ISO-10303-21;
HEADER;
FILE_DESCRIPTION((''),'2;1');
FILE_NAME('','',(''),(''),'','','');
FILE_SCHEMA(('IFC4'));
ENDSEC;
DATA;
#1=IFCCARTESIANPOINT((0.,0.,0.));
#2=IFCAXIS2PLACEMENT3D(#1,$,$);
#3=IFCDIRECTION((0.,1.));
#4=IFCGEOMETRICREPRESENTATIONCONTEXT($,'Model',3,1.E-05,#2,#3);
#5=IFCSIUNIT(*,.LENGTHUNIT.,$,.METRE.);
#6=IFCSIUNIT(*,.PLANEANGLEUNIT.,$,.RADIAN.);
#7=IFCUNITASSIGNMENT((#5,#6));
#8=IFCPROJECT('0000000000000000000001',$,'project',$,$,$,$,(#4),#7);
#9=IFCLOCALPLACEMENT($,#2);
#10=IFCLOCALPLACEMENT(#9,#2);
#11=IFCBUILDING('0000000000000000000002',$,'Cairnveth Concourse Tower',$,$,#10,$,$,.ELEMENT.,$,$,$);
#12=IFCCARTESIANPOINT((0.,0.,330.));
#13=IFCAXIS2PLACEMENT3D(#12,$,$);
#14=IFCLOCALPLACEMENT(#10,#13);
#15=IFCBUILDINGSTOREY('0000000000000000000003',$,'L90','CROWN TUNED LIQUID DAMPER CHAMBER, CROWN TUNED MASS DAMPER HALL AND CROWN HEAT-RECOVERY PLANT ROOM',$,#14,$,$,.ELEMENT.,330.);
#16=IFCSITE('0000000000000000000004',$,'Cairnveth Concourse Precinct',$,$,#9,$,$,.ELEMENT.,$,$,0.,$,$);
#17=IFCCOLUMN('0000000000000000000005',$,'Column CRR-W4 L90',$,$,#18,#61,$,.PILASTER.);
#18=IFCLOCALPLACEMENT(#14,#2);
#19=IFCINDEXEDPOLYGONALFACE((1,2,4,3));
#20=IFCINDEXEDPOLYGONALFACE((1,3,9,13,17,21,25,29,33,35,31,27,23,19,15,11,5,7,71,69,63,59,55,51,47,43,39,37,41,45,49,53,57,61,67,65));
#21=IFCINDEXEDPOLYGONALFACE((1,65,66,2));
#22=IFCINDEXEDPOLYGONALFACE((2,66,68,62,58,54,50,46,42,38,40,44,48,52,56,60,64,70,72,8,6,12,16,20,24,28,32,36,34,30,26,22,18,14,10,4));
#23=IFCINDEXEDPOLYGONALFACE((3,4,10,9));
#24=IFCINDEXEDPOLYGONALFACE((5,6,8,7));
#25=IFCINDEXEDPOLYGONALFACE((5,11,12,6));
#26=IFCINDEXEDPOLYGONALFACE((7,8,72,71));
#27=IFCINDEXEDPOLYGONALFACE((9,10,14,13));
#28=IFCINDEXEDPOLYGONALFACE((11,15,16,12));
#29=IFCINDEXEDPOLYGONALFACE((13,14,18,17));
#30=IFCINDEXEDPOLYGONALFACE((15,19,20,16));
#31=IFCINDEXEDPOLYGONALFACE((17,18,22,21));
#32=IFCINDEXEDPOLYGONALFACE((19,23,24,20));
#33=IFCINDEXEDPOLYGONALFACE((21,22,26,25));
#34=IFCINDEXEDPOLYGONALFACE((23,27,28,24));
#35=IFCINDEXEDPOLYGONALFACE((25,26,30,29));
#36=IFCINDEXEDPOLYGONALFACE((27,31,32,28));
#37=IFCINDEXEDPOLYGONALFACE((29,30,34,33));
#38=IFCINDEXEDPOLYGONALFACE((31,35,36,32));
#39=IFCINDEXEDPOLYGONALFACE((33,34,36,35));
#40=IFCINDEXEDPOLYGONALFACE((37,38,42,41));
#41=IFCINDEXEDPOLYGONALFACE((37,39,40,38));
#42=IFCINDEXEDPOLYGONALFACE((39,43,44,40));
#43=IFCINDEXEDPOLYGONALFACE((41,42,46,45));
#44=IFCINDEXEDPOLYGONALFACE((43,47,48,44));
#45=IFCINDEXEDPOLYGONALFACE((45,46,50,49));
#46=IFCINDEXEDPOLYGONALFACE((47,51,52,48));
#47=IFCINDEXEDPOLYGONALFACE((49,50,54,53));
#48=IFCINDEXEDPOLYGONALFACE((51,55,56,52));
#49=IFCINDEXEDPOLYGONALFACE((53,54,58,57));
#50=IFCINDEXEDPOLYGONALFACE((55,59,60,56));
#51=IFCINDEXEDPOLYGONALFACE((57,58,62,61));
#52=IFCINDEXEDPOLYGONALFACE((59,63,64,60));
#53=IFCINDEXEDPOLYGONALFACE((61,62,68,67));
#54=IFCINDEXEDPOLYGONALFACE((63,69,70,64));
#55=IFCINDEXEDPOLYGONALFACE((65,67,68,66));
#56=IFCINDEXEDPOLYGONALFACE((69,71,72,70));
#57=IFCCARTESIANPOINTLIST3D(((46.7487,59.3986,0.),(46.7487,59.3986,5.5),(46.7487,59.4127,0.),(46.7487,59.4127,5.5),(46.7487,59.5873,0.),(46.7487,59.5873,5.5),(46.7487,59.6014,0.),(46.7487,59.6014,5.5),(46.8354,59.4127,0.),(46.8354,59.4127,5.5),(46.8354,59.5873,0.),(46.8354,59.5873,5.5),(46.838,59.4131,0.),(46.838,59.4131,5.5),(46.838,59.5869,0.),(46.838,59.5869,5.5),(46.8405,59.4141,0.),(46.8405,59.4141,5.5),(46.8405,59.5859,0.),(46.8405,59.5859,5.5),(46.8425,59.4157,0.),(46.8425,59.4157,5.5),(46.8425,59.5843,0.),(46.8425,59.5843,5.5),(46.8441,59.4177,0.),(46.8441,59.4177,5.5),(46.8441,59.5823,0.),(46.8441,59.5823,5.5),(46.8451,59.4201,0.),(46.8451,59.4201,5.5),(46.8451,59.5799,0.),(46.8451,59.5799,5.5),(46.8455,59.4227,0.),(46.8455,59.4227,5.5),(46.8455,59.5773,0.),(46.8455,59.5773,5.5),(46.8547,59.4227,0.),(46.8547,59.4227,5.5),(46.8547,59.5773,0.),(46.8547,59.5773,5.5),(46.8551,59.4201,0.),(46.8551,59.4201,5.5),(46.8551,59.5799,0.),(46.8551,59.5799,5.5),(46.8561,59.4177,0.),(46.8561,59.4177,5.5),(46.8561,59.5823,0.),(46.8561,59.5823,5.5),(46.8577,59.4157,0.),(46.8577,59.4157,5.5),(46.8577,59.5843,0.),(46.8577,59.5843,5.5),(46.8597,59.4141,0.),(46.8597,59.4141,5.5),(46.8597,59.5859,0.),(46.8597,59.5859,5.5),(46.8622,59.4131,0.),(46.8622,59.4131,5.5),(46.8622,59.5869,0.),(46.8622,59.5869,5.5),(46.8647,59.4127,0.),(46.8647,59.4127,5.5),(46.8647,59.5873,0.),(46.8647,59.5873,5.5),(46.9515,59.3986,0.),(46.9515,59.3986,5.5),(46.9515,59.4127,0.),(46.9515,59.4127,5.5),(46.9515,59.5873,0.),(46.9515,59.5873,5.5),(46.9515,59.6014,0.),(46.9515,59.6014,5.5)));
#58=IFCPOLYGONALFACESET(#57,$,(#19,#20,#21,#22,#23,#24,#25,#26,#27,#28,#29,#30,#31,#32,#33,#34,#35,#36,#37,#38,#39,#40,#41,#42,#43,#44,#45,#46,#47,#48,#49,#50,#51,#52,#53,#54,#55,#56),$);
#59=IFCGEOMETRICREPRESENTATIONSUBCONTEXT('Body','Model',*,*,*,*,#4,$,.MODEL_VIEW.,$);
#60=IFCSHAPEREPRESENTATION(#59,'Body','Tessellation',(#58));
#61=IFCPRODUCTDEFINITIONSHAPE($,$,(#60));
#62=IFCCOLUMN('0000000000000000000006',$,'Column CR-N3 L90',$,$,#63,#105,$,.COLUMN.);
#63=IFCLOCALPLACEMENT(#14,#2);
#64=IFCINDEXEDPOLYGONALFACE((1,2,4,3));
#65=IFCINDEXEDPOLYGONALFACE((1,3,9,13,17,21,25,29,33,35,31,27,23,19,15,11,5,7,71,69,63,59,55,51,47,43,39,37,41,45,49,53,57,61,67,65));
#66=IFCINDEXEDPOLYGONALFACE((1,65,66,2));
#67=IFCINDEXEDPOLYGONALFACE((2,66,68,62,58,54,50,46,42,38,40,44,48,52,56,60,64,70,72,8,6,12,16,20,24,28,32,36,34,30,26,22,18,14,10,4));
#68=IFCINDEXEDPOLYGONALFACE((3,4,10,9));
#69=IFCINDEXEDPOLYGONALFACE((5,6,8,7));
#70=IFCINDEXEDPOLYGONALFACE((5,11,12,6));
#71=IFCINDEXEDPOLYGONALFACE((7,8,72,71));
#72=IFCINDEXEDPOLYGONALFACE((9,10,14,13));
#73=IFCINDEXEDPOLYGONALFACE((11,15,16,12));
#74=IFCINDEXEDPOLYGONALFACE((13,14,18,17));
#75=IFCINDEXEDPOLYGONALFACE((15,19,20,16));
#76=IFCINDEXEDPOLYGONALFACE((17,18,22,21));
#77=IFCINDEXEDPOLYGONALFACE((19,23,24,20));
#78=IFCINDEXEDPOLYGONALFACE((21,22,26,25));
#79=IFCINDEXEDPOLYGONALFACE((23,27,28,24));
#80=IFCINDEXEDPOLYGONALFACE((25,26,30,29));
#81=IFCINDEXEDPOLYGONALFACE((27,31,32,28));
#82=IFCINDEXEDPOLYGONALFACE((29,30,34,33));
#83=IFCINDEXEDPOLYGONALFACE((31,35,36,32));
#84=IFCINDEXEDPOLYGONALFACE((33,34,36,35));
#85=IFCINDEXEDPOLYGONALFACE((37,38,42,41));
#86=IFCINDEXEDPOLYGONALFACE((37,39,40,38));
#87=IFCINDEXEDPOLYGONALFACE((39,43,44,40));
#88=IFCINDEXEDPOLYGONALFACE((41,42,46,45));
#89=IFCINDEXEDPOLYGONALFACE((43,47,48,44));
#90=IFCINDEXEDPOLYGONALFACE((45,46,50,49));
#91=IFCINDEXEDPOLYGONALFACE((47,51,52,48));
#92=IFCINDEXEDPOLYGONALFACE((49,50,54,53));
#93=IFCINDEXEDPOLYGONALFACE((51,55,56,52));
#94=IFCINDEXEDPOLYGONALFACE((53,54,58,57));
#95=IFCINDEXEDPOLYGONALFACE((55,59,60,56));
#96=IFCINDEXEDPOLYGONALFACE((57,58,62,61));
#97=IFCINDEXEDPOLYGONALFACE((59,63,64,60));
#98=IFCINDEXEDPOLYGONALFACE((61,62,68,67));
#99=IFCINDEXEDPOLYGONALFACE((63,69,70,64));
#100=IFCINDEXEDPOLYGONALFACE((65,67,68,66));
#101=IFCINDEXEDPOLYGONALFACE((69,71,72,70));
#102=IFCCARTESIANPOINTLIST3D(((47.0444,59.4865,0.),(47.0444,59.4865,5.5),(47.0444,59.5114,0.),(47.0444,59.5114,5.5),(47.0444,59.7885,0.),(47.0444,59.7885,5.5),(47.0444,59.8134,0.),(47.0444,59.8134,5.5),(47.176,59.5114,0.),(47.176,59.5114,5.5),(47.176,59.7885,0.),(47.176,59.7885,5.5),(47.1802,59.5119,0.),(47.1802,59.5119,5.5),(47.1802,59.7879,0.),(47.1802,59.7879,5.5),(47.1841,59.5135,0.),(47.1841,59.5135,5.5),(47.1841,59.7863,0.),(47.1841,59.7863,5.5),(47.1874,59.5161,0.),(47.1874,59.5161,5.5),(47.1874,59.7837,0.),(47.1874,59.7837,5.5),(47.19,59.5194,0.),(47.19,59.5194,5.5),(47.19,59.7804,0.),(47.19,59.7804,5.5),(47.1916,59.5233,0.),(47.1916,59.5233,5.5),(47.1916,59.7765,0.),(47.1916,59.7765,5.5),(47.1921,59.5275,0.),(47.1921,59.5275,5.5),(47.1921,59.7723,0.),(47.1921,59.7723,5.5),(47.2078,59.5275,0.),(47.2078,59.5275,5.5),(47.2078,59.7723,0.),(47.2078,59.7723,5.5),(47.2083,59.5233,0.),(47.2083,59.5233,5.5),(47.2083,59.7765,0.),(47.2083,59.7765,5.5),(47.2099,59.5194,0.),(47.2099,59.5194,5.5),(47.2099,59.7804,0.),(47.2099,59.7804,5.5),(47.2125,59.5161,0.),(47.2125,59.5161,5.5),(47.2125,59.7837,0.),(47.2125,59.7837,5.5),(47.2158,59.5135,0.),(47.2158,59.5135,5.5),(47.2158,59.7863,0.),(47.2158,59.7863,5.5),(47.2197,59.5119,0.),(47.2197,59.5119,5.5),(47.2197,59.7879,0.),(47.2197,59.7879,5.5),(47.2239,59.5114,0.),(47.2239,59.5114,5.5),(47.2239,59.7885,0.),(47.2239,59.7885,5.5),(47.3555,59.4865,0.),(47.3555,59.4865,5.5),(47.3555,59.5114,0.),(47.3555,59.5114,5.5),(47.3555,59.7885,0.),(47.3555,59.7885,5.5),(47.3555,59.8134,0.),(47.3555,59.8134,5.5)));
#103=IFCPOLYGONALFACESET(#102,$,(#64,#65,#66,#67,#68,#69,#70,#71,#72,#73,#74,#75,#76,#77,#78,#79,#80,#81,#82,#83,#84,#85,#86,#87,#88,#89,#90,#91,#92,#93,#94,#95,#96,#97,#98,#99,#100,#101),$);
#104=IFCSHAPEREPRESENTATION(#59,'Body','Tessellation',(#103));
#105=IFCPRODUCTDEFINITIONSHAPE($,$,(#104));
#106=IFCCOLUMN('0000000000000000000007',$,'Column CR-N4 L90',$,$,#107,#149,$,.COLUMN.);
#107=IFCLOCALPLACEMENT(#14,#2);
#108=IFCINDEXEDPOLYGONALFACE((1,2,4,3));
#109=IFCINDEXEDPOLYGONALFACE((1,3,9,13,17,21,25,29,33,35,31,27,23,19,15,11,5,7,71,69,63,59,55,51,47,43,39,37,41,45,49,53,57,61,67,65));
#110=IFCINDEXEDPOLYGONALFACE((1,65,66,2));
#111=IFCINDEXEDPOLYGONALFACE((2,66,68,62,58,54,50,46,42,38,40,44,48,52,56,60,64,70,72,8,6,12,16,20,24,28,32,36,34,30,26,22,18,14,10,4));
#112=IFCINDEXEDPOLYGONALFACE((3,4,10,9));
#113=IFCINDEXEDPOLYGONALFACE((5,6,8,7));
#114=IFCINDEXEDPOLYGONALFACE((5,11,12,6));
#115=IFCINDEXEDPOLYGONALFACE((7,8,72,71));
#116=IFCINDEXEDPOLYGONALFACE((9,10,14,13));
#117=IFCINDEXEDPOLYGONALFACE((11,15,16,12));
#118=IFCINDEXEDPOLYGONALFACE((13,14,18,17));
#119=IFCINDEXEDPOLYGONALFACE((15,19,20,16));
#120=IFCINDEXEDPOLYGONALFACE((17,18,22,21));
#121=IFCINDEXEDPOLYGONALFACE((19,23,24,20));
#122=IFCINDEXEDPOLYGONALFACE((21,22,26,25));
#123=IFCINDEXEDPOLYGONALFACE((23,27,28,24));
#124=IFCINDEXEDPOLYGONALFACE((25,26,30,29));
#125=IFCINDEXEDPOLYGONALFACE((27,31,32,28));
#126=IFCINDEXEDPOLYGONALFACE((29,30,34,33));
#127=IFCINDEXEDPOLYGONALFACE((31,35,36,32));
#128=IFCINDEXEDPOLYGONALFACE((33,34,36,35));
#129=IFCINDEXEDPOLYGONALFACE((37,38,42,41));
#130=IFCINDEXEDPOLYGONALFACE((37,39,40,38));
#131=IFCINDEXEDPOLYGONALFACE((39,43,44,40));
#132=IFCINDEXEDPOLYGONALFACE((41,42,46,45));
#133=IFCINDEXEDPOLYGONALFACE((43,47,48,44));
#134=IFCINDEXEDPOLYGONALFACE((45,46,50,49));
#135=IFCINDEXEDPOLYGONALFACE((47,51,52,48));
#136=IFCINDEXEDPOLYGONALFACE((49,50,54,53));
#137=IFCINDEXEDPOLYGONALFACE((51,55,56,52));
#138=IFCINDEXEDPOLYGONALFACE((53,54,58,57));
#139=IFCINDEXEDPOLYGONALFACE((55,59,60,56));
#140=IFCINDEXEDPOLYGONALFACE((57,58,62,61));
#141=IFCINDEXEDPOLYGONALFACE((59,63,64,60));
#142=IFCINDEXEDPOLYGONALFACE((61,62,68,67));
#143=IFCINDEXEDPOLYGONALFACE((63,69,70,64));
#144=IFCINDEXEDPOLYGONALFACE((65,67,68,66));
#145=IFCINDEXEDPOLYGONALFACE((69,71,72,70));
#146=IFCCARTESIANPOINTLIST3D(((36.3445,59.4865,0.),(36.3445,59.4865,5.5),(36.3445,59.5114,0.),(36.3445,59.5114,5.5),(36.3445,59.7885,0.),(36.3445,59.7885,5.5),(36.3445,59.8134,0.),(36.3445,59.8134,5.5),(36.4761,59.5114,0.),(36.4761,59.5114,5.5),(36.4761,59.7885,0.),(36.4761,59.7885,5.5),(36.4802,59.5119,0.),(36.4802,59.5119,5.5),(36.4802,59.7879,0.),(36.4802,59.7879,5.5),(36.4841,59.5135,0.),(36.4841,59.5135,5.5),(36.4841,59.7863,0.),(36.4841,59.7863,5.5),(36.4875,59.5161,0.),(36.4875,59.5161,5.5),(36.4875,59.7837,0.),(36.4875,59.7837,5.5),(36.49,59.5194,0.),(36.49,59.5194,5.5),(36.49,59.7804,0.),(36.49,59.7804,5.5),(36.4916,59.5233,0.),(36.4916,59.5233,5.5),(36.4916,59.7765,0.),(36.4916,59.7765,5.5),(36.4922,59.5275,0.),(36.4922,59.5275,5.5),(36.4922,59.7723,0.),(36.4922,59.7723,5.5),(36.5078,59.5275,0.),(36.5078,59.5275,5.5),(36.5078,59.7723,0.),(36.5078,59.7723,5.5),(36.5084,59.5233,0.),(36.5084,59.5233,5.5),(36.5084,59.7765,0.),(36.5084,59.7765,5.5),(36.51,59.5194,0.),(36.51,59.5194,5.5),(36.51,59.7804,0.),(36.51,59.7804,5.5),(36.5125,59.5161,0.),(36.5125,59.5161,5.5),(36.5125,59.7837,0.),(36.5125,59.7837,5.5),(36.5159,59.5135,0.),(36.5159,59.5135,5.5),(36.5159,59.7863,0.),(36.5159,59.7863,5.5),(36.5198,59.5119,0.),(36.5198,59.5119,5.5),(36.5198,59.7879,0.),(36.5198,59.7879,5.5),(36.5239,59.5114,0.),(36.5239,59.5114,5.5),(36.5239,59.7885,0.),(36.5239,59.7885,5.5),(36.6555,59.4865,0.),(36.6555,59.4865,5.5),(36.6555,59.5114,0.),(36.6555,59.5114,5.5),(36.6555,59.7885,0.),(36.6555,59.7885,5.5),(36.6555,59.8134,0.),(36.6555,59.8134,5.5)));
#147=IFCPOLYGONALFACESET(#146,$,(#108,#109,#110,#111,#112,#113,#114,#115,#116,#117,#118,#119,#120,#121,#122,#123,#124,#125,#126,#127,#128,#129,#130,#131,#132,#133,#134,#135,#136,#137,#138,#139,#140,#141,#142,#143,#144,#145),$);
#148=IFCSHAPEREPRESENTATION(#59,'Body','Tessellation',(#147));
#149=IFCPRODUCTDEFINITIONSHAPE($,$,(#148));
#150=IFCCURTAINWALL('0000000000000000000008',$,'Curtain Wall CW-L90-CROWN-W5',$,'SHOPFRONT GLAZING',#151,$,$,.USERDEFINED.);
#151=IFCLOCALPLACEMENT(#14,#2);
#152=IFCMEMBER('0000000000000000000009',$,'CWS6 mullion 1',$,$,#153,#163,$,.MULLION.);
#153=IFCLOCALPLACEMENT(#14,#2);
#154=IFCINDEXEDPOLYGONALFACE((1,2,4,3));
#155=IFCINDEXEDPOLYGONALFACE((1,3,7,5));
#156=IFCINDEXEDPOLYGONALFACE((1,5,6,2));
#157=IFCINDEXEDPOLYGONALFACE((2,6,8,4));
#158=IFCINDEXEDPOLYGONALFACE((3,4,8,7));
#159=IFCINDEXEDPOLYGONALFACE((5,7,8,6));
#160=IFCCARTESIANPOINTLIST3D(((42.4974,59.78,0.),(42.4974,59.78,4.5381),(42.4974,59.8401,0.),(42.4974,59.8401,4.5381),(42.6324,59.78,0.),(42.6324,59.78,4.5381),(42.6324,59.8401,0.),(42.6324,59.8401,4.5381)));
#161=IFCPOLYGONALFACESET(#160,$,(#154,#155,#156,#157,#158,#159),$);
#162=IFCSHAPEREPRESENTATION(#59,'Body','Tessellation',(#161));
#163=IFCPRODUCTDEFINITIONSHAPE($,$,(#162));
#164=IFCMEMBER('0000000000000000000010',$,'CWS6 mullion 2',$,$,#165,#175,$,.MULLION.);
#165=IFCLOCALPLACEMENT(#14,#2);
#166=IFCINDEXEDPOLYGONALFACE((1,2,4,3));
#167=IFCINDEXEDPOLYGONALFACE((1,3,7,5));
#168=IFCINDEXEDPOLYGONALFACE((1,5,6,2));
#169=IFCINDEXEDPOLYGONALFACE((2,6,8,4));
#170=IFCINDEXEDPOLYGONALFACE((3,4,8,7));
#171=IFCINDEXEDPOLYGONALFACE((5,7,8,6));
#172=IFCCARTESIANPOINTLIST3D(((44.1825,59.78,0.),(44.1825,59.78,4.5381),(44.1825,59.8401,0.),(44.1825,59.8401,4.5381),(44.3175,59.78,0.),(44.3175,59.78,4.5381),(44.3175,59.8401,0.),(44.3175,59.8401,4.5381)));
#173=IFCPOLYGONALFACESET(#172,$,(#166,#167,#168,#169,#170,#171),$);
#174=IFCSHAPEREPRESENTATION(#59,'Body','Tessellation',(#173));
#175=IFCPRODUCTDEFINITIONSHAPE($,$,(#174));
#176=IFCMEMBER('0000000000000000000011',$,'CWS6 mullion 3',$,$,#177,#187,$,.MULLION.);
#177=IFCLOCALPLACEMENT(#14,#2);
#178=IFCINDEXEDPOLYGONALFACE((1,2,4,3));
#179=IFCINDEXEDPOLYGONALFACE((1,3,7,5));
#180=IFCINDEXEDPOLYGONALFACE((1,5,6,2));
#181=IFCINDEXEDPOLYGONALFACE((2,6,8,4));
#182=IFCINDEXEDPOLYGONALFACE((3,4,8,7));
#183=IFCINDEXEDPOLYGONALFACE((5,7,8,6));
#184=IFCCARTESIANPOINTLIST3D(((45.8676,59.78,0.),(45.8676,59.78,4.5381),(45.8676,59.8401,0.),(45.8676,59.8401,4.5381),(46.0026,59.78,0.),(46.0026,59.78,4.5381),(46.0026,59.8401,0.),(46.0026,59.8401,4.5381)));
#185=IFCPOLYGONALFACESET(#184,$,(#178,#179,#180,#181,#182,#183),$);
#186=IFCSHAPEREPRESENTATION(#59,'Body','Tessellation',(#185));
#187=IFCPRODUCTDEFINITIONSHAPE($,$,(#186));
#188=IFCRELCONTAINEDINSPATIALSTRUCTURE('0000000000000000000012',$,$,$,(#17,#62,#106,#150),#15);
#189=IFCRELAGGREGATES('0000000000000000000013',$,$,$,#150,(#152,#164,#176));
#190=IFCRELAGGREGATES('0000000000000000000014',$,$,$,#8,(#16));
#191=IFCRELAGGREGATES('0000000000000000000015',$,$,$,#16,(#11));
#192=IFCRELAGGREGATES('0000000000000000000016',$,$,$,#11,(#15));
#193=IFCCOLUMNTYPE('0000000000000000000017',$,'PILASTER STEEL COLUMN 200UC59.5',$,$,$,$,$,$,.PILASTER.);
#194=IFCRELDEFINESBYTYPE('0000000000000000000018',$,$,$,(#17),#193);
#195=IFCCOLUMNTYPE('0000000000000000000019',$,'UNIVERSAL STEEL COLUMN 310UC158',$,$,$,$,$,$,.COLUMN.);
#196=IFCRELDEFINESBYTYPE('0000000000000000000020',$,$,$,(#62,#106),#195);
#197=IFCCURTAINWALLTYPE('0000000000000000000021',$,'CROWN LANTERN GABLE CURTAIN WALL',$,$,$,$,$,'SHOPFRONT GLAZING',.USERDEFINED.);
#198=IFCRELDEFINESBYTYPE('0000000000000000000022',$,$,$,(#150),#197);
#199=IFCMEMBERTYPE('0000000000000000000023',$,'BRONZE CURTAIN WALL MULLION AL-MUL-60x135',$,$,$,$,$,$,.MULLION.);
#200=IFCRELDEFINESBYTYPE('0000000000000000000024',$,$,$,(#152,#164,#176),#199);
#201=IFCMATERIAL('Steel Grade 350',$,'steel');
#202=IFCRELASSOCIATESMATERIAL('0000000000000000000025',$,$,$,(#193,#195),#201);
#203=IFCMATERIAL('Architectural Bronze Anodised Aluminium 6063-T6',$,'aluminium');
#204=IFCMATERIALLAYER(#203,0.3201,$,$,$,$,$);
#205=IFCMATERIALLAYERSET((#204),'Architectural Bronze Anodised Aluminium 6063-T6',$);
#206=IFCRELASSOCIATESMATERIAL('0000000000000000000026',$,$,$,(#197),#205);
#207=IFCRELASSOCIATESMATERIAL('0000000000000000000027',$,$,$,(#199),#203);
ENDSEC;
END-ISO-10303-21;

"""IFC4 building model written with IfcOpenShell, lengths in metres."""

from ifc_helpers import new_model, si_unit, direction, frame, origin, origin_2d, place, context, subcontext, project, spatial, rectangle, i_section, extrude, material, layer, layer_set, material_profile, profile_set, type_object, element, aggregate, save


model = new_model("IFC4")

# Units and contexts
model_context = context("Model", 3, precision=1e-05, world=origin(), true_north=direction((0.0, 1.0)))
body_context = subcontext(model_context, "Body", "Model", "MODEL_VIEW")
ifc_project = project(units=[si_unit("LENGTHUNIT", "METRE"), si_unit("PLANEANGLEUNIT", "RADIAN")], contexts=[model_context])

# Site, building, storey
site_placement = place(None, origin())
site = spatial("IfcSite", under=ifc_project, at=site_placement, Name="Cairnveth Concourse Precinct", CompositionType="ELEMENT", RefElevation=0.0)
building_placement = place(site_placement, origin())
building = spatial("IfcBuilding", under=site, at=building_placement, Name="Cairnveth Concourse Tower", CompositionType="ELEMENT")
storey_placement = place(building_placement, frame((0.0, 0.0, 330.0)))
storey = spatial("IfcBuildingStorey", under=building, at=storey_placement, Name="L90", Description="CROWN TUNED LIQUID DAMPER CHAMBER, CROWN TUNED MASS DAMPER HALL AND CROWN HEAT-RECOVERY PLANT ROOM", CompositionType="ELEMENT", Elevation=330.0)

# Columns
ifc_material_1 = material(Name="Steel Grade 350", Category="steel")
ifc_material_profile_1 = material_profile(ifc_material_1, i_section(OverallWidth=0.2029, OverallDepth=0.2029, WebThickness=0.0093, FlangeThickness=0.0142, FilletRadius=0.01, at=origin_2d()), Name="200UC59.5")
ifc_profile_set_1 = profile_set([ifc_material_profile_1], Name="Steel Grade 350")
column_type_1 = type_object("IfcColumnType", Name="PILASTER STEEL COLUMN 200UC59.5", PredefinedType="PILASTER", material=ifc_profile_set_1)
column_placement = place(storey_placement, frame((46.8501, 59.5, 0.0), z_axis=(0.0, 0.0, 1.0), x_axis=(1.0, 0.0, 0.0)))
element("IfcColumn", 1, at=column_placement, inside=storey, type_object=column_type_1, Name="Column CRR-W4 L90", PredefinedType="PILASTER", context=body_context, shape_type="SweptSolid", body=[
    extrude(i_section(OverallWidth=0.2029, OverallDepth=0.2029, WebThickness=0.0093, FlangeThickness=0.0142, FilletRadius=0.01, at=origin_2d()), origin(), (0.0, 0.0, 1.0), 5.5),
])
ifc_material_profile_2 = material_profile(ifc_material_1, i_section(OverallWidth=0.311, OverallDepth=0.3269, WebThickness=0.0156, FlangeThickness=0.0249, FilletRadius=0.0161, at=origin_2d()), Name="310UC158")
ifc_profile_set_2 = profile_set([ifc_material_profile_2], Name="Steel Grade 350")
column_type_2 = type_object("IfcColumnType", Name="UNIVERSAL STEEL COLUMN 310UC158", PredefinedType="COLUMN", material=ifc_profile_set_2)
for number, where, z_axis, x_axis, name in (
    (2, (47.2, 59.6499, 0.0), (0.0, 0.0, 1.0), (1.0, 0.0, 0.0), "Column CR-N3 L90"),
    (3, (36.5, 59.6499, 0.0), (0.0, 0.0, 1.0), (1.0, 0.0, 0.0), "Column CR-N4 L90"),
):
    element("IfcColumn", number, at=place(storey_placement, frame(where, z_axis=z_axis, x_axis=x_axis)), inside=storey, type_object=column_type_2, Name=name, PredefinedType="COLUMN", context=body_context, shape_type="SweptSolid", body=[
        extrude(i_section(OverallWidth=0.311, OverallDepth=0.3269, WebThickness=0.0156, FlangeThickness=0.0249, FilletRadius=0.0161, at=origin_2d()), origin(), (0.0, 0.0, 1.0), 5.5),
    ])

# Curtain wall, members
ifc_material_2 = material(Name="Architectural Bronze Anodised Aluminium 6063-T6", Category="aluminium")
ifc_layer_1 = layer(ifc_material_2, 0.3201)
ifc_layer_set_1 = layer_set([ifc_layer_1], Name="Architectural Bronze Anodised Aluminium 6063-T6")
curtain_wall_type = type_object("IfcCurtainWallType", Name="CROWN LANTERN GABLE CURTAIN WALL", ElementType="SHOPFRONT GLAZING", PredefinedType="USERDEFINED", material=ifc_layer_set_1)
curtain_wall_placement = place(storey_placement, origin())
curtain_wall = element("IfcCurtainWall", 4, at=curtain_wall_placement, inside=storey, type_object=curtain_wall_type, Name="Curtain Wall CW-L90-CROWN-W5", ObjectType="SHOPFRONT GLAZING", PredefinedType="USERDEFINED")
ifc_material_profile_3 = material_profile(ifc_material_2, rectangle(XDim=0.0601, YDim=0.135, at=origin_2d()), Name="AL-MUL-60x135")
ifc_profile_set_3 = profile_set([ifc_material_profile_3], Name="Architectural Bronze Anodised Aluminium 6063-T6")
member_type_1 = type_object("IfcMemberType", Name="BRONZE CURTAIN WALL MULLION AL-MUL-60x135", PredefinedType="MULLION", material=ifc_profile_set_3)
member_1_placement = place(storey_placement, frame((42.5649, 59.8101, 0.0), z_axis=(0.0, 0.0, 1.0), x_axis=(0.0, 1.0, 0.0)))
member_1 = element("IfcMember", 5, at=member_1_placement, type_object=member_type_1, Name="CWS6 mullion 1", PredefinedType="MULLION", context=body_context, shape_type="SweptSolid", body=[
    extrude(rectangle(XDim=0.0601, YDim=0.135, at=origin_2d()), origin(), (0.0, 0.0, 1.0), 4.5381),
])
member_2_placement = place(storey_placement, frame((44.25, 59.8101, 0.0), z_axis=(0.0, 0.0, 1.0), x_axis=(0.0, 1.0, 0.0)))
member_2 = element("IfcMember", 6, at=member_2_placement, type_object=member_type_1, Name="CWS6 mullion 2", PredefinedType="MULLION", context=body_context, shape_type="SweptSolid", body=[
    extrude(rectangle(XDim=0.0601, YDim=0.135, at=origin_2d()), origin(), (0.0, 0.0, 1.0), 4.5381),
])
member_3_placement = place(storey_placement, frame((45.9351, 59.8101, 0.0), z_axis=(0.0, 0.0, 1.0), x_axis=(0.0, 1.0, 0.0)))
member_3 = element("IfcMember", 7, at=member_3_placement, type_object=member_type_1, Name="CWS6 mullion 3", PredefinedType="MULLION", context=body_context, shape_type="SweptSolid", body=[
    extrude(rectangle(XDim=0.0601, YDim=0.135, at=origin_2d()), origin(), (0.0, 0.0, 1.0), 4.5381),
])

aggregate(curtain_wall, [member_1, member_2, member_3])

save(model, "model.ifc")
